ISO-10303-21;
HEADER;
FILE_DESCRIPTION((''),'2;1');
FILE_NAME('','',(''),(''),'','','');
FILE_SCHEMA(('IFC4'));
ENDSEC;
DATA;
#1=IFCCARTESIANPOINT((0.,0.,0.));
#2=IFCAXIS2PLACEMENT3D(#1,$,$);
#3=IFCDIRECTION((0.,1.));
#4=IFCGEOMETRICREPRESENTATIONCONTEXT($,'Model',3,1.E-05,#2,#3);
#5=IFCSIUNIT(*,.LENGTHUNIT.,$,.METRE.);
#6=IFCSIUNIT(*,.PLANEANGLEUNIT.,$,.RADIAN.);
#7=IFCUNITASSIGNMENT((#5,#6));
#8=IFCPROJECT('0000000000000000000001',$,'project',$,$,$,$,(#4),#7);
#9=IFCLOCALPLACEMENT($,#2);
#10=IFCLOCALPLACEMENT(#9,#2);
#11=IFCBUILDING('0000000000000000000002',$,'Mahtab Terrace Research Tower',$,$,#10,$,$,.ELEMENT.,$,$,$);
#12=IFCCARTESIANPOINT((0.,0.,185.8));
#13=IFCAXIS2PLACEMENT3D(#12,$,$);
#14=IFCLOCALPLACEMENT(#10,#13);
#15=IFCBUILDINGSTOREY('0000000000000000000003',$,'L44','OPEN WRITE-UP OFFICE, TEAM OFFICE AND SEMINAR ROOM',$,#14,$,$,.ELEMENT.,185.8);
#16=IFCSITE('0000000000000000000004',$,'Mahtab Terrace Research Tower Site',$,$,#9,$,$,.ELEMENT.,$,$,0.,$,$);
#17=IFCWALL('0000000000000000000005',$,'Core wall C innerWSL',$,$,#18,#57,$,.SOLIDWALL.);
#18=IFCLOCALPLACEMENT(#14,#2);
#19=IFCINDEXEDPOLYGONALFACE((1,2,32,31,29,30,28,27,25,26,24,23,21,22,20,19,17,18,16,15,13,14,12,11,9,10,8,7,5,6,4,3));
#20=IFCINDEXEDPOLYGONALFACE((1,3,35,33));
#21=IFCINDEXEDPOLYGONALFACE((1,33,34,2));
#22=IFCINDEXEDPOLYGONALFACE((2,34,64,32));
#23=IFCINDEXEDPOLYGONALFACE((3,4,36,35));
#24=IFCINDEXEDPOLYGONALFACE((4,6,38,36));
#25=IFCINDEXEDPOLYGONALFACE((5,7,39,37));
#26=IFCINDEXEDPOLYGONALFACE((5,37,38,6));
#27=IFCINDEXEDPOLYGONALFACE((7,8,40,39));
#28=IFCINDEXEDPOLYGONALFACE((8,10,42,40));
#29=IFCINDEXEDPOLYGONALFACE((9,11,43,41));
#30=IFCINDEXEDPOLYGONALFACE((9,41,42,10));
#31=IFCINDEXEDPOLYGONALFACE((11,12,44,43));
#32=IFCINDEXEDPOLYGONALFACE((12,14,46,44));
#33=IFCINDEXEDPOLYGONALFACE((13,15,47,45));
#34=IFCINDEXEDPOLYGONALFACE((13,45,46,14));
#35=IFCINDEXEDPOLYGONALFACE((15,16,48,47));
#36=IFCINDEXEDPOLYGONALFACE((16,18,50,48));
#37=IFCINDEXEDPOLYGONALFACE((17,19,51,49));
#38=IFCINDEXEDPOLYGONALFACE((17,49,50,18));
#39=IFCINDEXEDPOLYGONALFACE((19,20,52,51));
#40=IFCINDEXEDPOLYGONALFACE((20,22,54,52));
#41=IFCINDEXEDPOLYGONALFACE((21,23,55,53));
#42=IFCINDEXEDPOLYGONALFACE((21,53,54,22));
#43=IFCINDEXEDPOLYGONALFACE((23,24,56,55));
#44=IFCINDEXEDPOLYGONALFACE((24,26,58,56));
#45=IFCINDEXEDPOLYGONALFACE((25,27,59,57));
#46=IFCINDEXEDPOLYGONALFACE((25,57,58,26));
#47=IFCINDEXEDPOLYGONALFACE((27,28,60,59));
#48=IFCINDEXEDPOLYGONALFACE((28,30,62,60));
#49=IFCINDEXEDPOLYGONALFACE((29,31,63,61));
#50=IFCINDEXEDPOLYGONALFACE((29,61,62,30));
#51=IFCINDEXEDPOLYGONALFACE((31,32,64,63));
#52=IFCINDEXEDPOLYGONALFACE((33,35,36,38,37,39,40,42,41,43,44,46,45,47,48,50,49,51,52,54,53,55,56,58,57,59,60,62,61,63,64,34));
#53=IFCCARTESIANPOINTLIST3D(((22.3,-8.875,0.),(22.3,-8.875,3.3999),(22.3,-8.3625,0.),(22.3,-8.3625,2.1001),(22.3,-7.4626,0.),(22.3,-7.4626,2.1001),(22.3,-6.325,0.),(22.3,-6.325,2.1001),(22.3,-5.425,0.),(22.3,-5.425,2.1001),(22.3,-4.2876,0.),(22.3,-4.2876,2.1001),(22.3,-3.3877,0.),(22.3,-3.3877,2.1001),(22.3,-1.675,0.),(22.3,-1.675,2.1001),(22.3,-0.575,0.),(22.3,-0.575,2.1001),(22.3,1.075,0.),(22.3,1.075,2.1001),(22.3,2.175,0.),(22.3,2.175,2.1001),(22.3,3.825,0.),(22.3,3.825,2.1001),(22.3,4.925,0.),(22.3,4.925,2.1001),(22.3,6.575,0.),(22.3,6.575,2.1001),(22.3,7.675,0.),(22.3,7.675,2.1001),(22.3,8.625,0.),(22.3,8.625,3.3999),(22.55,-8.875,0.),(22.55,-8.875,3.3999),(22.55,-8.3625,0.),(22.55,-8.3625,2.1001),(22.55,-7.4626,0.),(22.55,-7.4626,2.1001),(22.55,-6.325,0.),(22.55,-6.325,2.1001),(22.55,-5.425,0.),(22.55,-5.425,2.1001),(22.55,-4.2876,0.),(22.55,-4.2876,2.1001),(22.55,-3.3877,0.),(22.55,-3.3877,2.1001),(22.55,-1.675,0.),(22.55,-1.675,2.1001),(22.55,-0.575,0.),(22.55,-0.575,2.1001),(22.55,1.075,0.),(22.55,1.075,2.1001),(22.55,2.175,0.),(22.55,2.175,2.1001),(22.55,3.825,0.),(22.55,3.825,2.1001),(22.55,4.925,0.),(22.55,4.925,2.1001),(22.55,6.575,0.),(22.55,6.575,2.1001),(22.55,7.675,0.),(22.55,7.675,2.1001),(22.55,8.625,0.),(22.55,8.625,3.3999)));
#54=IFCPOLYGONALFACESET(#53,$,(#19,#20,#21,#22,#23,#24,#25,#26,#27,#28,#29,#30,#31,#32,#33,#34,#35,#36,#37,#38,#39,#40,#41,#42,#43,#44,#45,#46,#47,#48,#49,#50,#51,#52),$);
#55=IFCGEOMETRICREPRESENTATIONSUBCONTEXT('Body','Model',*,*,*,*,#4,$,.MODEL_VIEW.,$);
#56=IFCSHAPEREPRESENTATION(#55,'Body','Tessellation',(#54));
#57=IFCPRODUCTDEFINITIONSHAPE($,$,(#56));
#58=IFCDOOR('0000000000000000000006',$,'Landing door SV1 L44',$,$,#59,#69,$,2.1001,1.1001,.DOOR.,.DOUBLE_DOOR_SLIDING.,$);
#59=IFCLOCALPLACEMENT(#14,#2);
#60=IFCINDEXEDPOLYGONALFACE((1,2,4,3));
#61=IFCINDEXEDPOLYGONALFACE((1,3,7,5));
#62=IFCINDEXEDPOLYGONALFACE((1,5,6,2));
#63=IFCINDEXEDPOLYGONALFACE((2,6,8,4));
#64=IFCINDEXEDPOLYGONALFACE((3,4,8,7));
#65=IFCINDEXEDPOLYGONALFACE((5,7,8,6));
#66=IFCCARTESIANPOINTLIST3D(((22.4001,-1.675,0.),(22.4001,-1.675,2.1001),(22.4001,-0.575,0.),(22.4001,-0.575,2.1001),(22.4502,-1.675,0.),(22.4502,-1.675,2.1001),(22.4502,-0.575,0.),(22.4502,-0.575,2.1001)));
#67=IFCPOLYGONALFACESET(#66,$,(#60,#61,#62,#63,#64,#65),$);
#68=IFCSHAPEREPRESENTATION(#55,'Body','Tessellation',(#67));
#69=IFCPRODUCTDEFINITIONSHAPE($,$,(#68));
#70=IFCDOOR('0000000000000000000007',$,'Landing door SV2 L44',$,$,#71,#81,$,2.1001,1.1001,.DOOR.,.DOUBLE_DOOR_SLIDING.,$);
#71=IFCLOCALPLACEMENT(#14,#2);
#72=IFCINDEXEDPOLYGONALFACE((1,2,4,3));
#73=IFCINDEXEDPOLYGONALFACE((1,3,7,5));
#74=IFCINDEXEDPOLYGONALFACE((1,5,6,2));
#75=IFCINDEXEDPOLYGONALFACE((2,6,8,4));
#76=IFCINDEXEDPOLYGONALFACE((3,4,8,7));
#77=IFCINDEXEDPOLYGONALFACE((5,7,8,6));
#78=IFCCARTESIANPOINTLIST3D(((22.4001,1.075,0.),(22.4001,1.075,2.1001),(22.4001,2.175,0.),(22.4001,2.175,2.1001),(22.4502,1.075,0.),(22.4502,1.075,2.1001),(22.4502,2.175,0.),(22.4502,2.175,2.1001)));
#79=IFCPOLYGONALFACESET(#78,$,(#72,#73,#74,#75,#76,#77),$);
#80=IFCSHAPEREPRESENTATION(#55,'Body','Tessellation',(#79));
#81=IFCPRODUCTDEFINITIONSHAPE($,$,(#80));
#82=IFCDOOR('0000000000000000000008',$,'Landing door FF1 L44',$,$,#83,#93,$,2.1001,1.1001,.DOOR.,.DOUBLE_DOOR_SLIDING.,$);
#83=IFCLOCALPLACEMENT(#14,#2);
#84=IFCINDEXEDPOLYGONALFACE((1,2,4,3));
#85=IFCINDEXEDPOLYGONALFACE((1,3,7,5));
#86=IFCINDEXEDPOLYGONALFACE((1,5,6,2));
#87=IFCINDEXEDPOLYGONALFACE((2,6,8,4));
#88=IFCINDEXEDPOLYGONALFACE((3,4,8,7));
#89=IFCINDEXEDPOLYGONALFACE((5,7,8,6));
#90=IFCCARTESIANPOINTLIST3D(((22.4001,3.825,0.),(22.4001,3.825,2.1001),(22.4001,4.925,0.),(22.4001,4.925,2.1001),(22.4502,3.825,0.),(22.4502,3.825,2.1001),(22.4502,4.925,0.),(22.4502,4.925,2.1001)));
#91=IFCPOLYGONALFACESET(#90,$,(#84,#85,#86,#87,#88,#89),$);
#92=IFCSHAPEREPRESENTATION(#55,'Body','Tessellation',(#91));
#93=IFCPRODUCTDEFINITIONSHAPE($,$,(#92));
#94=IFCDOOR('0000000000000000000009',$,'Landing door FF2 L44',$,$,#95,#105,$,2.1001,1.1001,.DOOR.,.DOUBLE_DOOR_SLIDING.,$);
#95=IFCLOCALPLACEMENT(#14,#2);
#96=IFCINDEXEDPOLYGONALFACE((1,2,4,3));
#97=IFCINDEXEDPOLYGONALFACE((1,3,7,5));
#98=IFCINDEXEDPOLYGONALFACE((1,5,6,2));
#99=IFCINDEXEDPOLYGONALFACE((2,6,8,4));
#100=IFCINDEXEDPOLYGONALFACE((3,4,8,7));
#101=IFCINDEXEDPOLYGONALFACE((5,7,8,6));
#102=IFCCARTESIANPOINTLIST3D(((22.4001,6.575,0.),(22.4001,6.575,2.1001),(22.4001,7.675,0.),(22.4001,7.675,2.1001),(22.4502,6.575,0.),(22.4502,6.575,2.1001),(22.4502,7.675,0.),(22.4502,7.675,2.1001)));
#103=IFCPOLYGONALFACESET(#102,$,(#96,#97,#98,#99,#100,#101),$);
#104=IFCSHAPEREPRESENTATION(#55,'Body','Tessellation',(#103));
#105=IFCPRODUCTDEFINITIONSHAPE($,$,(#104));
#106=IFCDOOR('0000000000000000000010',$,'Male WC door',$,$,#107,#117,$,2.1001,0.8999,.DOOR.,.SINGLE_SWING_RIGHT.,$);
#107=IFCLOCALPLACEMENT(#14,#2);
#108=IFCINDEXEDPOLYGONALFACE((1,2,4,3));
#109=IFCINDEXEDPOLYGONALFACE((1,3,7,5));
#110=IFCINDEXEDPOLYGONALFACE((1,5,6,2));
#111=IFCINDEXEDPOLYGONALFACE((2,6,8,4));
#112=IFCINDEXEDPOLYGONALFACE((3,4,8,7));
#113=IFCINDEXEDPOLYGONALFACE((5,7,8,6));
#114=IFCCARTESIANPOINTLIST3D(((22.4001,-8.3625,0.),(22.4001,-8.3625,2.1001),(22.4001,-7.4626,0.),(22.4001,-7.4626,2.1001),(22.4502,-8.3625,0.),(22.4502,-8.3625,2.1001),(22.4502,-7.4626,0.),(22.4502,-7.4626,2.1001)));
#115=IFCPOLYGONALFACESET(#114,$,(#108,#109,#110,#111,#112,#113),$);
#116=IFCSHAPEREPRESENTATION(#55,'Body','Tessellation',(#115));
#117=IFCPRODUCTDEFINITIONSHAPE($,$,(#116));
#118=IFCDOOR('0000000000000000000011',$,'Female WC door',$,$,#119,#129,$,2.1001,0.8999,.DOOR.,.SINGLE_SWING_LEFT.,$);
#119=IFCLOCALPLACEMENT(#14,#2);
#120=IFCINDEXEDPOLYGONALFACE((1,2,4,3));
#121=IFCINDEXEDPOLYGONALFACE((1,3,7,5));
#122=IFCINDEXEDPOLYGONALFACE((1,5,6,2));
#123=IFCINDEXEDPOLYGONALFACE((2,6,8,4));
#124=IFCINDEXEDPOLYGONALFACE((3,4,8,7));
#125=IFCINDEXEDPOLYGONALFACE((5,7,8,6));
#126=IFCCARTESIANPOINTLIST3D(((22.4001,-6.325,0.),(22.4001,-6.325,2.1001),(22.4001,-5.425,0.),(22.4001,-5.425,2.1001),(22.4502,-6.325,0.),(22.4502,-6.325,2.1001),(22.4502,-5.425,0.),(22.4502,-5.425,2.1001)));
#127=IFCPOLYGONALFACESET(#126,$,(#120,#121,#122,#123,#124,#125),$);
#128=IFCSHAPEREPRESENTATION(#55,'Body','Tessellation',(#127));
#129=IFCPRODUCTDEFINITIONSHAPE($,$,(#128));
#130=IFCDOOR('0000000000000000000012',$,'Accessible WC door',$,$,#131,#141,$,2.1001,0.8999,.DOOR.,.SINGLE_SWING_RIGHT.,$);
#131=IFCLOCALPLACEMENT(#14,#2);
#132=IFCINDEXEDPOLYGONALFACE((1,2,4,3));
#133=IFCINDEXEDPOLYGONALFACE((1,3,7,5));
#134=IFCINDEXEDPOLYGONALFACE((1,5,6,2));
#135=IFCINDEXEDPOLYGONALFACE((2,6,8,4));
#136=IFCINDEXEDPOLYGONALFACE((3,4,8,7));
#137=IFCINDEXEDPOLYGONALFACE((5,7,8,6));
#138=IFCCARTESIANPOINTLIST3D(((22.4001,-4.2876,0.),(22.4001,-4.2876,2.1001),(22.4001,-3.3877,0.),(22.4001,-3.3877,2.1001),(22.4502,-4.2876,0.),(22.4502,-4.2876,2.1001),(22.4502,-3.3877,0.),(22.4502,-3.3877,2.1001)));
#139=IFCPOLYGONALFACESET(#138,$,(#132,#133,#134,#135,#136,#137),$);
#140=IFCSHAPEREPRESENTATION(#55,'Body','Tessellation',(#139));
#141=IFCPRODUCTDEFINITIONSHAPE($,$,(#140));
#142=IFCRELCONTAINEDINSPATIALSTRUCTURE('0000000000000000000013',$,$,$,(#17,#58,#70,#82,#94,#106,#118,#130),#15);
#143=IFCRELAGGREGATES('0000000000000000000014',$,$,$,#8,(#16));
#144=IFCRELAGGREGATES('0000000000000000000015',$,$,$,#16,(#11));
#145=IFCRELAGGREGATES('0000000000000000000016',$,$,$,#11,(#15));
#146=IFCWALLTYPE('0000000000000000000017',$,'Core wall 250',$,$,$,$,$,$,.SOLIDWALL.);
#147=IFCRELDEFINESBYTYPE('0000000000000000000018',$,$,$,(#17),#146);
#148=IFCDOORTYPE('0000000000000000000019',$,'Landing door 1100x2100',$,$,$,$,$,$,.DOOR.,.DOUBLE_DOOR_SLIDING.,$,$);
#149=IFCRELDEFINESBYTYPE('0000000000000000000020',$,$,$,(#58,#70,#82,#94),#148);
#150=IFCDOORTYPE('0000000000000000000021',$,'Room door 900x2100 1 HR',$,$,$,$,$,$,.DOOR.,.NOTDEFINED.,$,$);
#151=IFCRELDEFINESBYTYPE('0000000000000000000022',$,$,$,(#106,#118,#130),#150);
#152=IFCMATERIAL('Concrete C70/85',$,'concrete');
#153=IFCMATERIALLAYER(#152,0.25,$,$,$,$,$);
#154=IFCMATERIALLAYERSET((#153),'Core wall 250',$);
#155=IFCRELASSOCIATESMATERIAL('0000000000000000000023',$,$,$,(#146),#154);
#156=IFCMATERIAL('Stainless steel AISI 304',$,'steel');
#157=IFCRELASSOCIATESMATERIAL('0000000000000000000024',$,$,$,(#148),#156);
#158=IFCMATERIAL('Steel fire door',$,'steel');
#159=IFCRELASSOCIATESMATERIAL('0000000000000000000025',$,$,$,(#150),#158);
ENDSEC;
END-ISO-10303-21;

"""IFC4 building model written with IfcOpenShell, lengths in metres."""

from ifc_helpers import new_model, si_unit, direction, frame, frame_2d, origin, place, context, subcontext, project, spatial, rectangle, extrude, material, layer, layer_set, type_object, element, fill, save


model = new_model("IFC4")

# Units and contexts
model_context = context("Model", 3, precision=1e-05, world=origin(), true_north=direction((0.0, 1.0)))
body_context = subcontext(model_context, "Body", "Model", "MODEL_VIEW")
ifc_project = project(units=[si_unit("LENGTHUNIT", "METRE"), si_unit("PLANEANGLEUNIT", "RADIAN")], contexts=[model_context])

# Site, building, storey
site_placement = place(None, origin())
site = spatial("IfcSite", under=ifc_project, at=site_placement, Name="Mahtab Terrace Research Tower Site", CompositionType="ELEMENT", RefElevation=0.0)
building_placement = place(site_placement, origin())
building = spatial("IfcBuilding", under=site, at=building_placement, Name="Mahtab Terrace Research Tower", CompositionType="ELEMENT")
storey_placement = place(building_placement, frame((0.0, 0.0, 185.8)))
storey = spatial("IfcBuildingStorey", under=building, at=storey_placement, Name="L44", Description="OPEN WRITE-UP OFFICE, TEAM OFFICE AND SEMINAR ROOM", CompositionType="ELEMENT", Elevation=185.8)

# Shared definitions
ifc_material_1 = material(Name="Concrete C70/85", Category="concrete")

# Wall, openings, doors
ifc_layer_1 = layer(ifc_material_1, 0.25)
ifc_layer_set_1 = layer_set([ifc_layer_1], Name="Core wall 250")
wall_type_1 = type_object("IfcWallType", Name="Core wall 250", PredefinedType="SOLIDWALL", material=ifc_layer_set_1)
wall_1_placement = place(storey_placement, frame((22.425, -8.875, 0.0), z_axis=(0.0, 0.0, 1.0), x_axis=(0.0, 1.0, 0.0)))
wall_1 = element("IfcWall", 1, at=wall_1_placement, inside=storey, type_object=wall_type_1, Name="Core wall C innerWSL", PredefinedType="SOLIDWALL", context=body_context, shape_type="SweptSolid", body=[
    extrude(rectangle(XDim=17.5, YDim=0.25, at=frame_2d((8.75, 0.0))), origin(), (0.0, 0.0, 1.0), 3.3999),
])
opening_1_placement = place(wall_1_placement, frame((7.2, 0.0, 0.0)))
opening_1 = element("IfcOpeningElement", 2, at=opening_1_placement, cuts=wall_1, PredefinedType="OPENING", context=body_context, shape_type="SweptSolid", body=[
    extrude(rectangle(XDim=1.1001, YDim=2.1001, at=frame_2d((0.55, 1.05))), frame((0.0, 0.135, 0.0), z_axis=(0.0, -1.0, 0.0), x_axis=(1.0, 0.0, 0.0)), (0.0, 0.0, 1.0), 0.27),
])
opening_2_placement = place(wall_1_placement, frame((9.95, 0.0, 0.0)))
opening_2 = element("IfcOpeningElement", 3, at=opening_2_placement, cuts=wall_1, PredefinedType="OPENING", context=body_context, shape_type="SweptSolid", body=[
    extrude(rectangle(XDim=1.1001, YDim=2.1001, at=frame_2d((0.55, 1.05))), frame((0.0, 0.135, 0.0), z_axis=(0.0, -1.0, 0.0), x_axis=(1.0, 0.0, 0.0)), (0.0, 0.0, 1.0), 0.27),
])
opening_3_placement = place(wall_1_placement, frame((12.7, 0.0, 0.0)))
opening_3 = element("IfcOpeningElement", 4, at=opening_3_placement, cuts=wall_1, PredefinedType="OPENING", context=body_context, shape_type="SweptSolid", body=[
    extrude(rectangle(XDim=1.1001, YDim=2.1001, at=frame_2d((0.55, 1.05))), frame((0.0, 0.135, 0.0), z_axis=(0.0, -1.0, 0.0), x_axis=(1.0, 0.0, 0.0)), (0.0, 0.0, 1.0), 0.27),
])
opening_4_placement = place(wall_1_placement, frame((15.45, 0.0, 0.0)))
opening_4 = element("IfcOpeningElement", 5, at=opening_4_placement, cuts=wall_1, PredefinedType="OPENING", context=body_context, shape_type="SweptSolid", body=[
    extrude(rectangle(XDim=1.1001, YDim=2.1001, at=frame_2d((0.55, 1.05))), frame((0.0, 0.135, 0.0), z_axis=(0.0, -1.0, 0.0), x_axis=(1.0, 0.0, 0.0)), (0.0, 0.0, 1.0), 0.27),
])
opening_5_placement = place(wall_1_placement, frame((0.5125, 0.0, 0.0)))
opening_5 = element("IfcOpeningElement", 6, at=opening_5_placement, cuts=wall_1, PredefinedType="OPENING", context=body_context, shape_type="SweptSolid", body=[
    extrude(rectangle(XDim=0.8999, YDim=2.1001, at=frame_2d((0.45, 1.05))), frame((0.0, 0.135, 0.0), z_axis=(0.0, -1.0, 0.0), x_axis=(1.0, 0.0, 0.0)), (0.0, 0.0, 1.0), 0.27),
])
opening_6_placement = place(wall_1_placement, frame((2.55, 0.0, 0.0)))
opening_6 = element("IfcOpeningElement", 7, at=opening_6_placement, cuts=wall_1, PredefinedType="OPENING", context=body_context, shape_type="SweptSolid", body=[
    extrude(rectangle(XDim=0.8999, YDim=2.1001, at=frame_2d((0.45, 1.05))), frame((0.0, 0.135, 0.0), z_axis=(0.0, -1.0, 0.0), x_axis=(1.0, 0.0, 0.0)), (0.0, 0.0, 1.0), 0.27),
])
opening_7_placement = place(wall_1_placement, frame((4.5874, 0.0, 0.0)))
opening_7 = element("IfcOpeningElement", 8, at=opening_7_placement, cuts=wall_1, PredefinedType="OPENING", context=body_context, shape_type="SweptSolid", body=[
    extrude(rectangle(XDim=0.8999, YDim=2.1001, at=frame_2d((0.45, 1.05))), frame((0.0, 0.135, 0.0), z_axis=(0.0, -1.0, 0.0), x_axis=(1.0, 0.0, 0.0)), (0.0, 0.0, 1.0), 0.27),
])
ifc_material_2 = material(Name="Stainless steel AISI 304", Category="steel")
door_type_1 = type_object("IfcDoorType", Name="Landing door 1100x2100", OperationType="DOUBLE_DOOR_SLIDING", PredefinedType="DOOR", material=ifc_material_2)
door_1_placement = place(opening_1_placement, origin())
door_1 = element("IfcDoor", 9, at=door_1_placement, inside=storey, type_object=door_type_1, Name="Landing door SV1 L44", OperationType="DOUBLE_DOOR_SLIDING", OverallHeight=2.1001, OverallWidth=1.1001, PredefinedType="DOOR", context=body_context, shape_type="SweptSolid", body=[
    extrude(rectangle(XDim=1.1001, YDim=2.1001, at=frame_2d((0.55, 1.05))), frame((0.0, 0.0249, 0.0), z_axis=(0.0, -1.0, 0.0), x_axis=(1.0, 0.0, 0.0)), (0.0, 0.0, 1.0), 0.05),
])
fill(opening_1, door_1)
door_2_placement = place(opening_2_placement, origin())
door_2 = element("IfcDoor", 10, at=door_2_placement, inside=storey, type_object=door_type_1, Name="Landing door SV2 L44", OperationType="DOUBLE_DOOR_SLIDING", OverallHeight=2.1001, OverallWidth=1.1001, PredefinedType="DOOR", context=body_context, shape_type="SweptSolid", body=[
    extrude(rectangle(XDim=1.1001, YDim=2.1001, at=frame_2d((0.55, 1.05))), frame((0.0, 0.0249, 0.0), z_axis=(0.0, -1.0, 0.0), x_axis=(1.0, 0.0, 0.0)), (0.0, 0.0, 1.0), 0.05),
])
fill(opening_2, door_2)
door_3_placement = place(opening_3_placement, origin())
door_3 = element("IfcDoor", 11, at=door_3_placement, inside=storey, type_object=door_type_1, Name="Landing door FF1 L44", OperationType="DOUBLE_DOOR_SLIDING", OverallHeight=2.1001, OverallWidth=1.1001, PredefinedType="DOOR", context=body_context, shape_type="SweptSolid", body=[
    extrude(rectangle(XDim=1.1001, YDim=2.1001, at=frame_2d((0.55, 1.05))), frame((0.0, 0.0249, 0.0), z_axis=(0.0, -1.0, 0.0), x_axis=(1.0, 0.0, 0.0)), (0.0, 0.0, 1.0), 0.05),
])
fill(opening_3, door_3)
door_4_placement = place(opening_4_placement, origin())
door_4 = element("IfcDoor", 12, at=door_4_placement, inside=storey, type_object=door_type_1, Name="Landing door FF2 L44", OperationType="DOUBLE_DOOR_SLIDING", OverallHeight=2.1001, OverallWidth=1.1001, PredefinedType="DOOR", context=body_context, shape_type="SweptSolid", body=[
    extrude(rectangle(XDim=1.1001, YDim=2.1001, at=frame_2d((0.55, 1.05))), frame((0.0, 0.0249, 0.0), z_axis=(0.0, -1.0, 0.0), x_axis=(1.0, 0.0, 0.0)), (0.0, 0.0, 1.0), 0.05),
])
fill(opening_4, door_4)
ifc_material_3 = material(Name="Steel fire door", Category="steel")
door_type_2 = type_object("IfcDoorType", Name="Room door 900x2100 1 HR", OperationType="NOTDEFINED", PredefinedType="DOOR", material=ifc_material_3)
door_5_placement = place(opening_5_placement, origin())
door_5 = element("IfcDoor", 13, at=door_5_placement, inside=storey, type_object=door_type_2, Name="Male WC door", OperationType="SINGLE_SWING_RIGHT", OverallHeight=2.1001, OverallWidth=0.8999, PredefinedType="DOOR", context=body_context, shape_type="SweptSolid", body=[
    extrude(rectangle(XDim=0.8999, YDim=2.1001, at=frame_2d((0.45, 1.05))), frame((0.0, 0.0249, 0.0), z_axis=(0.0, -1.0, 0.0), x_axis=(1.0, 0.0, 0.0)), (0.0, 0.0, 1.0), 0.05),
])
fill(opening_5, door_5)
door_6_placement = place(opening_6_placement, origin())
door_6 = element("IfcDoor", 14, at=door_6_placement, inside=storey, type_object=door_type_2, Name="Female WC door", OperationType="SINGLE_SWING_LEFT", OverallHeight=2.1001, OverallWidth=0.8999, PredefinedType="DOOR", context=body_context, shape_type="SweptSolid", body=[
    extrude(rectangle(XDim=0.8999, YDim=2.1001, at=frame_2d((0.45, 1.05))), frame((0.0, 0.0249, 0.0), z_axis=(0.0, -1.0, 0.0), x_axis=(1.0, 0.0, 0.0)), (0.0, 0.0, 1.0), 0.05),
])
fill(opening_6, door_6)
door_7_placement = place(opening_7_placement, origin())
door_7 = element("IfcDoor", 15, at=door_7_placement, inside=storey, type_object=door_type_2, Name="Accessible WC door", OperationType="SINGLE_SWING_RIGHT", OverallHeight=2.1001, OverallWidth=0.8999, PredefinedType="DOOR", context=body_context, shape_type="SweptSolid", body=[
    extrude(rectangle(XDim=0.8999, YDim=2.1001, at=frame_2d((0.45, 1.05))), frame((0.0, 0.0249, 0.0), z_axis=(0.0, -1.0, 0.0), x_axis=(1.0, 0.0, 0.0)), (0.0, 0.0, 1.0), 0.05),
])
fill(opening_7, door_7)

save(model, "model.ifc")
